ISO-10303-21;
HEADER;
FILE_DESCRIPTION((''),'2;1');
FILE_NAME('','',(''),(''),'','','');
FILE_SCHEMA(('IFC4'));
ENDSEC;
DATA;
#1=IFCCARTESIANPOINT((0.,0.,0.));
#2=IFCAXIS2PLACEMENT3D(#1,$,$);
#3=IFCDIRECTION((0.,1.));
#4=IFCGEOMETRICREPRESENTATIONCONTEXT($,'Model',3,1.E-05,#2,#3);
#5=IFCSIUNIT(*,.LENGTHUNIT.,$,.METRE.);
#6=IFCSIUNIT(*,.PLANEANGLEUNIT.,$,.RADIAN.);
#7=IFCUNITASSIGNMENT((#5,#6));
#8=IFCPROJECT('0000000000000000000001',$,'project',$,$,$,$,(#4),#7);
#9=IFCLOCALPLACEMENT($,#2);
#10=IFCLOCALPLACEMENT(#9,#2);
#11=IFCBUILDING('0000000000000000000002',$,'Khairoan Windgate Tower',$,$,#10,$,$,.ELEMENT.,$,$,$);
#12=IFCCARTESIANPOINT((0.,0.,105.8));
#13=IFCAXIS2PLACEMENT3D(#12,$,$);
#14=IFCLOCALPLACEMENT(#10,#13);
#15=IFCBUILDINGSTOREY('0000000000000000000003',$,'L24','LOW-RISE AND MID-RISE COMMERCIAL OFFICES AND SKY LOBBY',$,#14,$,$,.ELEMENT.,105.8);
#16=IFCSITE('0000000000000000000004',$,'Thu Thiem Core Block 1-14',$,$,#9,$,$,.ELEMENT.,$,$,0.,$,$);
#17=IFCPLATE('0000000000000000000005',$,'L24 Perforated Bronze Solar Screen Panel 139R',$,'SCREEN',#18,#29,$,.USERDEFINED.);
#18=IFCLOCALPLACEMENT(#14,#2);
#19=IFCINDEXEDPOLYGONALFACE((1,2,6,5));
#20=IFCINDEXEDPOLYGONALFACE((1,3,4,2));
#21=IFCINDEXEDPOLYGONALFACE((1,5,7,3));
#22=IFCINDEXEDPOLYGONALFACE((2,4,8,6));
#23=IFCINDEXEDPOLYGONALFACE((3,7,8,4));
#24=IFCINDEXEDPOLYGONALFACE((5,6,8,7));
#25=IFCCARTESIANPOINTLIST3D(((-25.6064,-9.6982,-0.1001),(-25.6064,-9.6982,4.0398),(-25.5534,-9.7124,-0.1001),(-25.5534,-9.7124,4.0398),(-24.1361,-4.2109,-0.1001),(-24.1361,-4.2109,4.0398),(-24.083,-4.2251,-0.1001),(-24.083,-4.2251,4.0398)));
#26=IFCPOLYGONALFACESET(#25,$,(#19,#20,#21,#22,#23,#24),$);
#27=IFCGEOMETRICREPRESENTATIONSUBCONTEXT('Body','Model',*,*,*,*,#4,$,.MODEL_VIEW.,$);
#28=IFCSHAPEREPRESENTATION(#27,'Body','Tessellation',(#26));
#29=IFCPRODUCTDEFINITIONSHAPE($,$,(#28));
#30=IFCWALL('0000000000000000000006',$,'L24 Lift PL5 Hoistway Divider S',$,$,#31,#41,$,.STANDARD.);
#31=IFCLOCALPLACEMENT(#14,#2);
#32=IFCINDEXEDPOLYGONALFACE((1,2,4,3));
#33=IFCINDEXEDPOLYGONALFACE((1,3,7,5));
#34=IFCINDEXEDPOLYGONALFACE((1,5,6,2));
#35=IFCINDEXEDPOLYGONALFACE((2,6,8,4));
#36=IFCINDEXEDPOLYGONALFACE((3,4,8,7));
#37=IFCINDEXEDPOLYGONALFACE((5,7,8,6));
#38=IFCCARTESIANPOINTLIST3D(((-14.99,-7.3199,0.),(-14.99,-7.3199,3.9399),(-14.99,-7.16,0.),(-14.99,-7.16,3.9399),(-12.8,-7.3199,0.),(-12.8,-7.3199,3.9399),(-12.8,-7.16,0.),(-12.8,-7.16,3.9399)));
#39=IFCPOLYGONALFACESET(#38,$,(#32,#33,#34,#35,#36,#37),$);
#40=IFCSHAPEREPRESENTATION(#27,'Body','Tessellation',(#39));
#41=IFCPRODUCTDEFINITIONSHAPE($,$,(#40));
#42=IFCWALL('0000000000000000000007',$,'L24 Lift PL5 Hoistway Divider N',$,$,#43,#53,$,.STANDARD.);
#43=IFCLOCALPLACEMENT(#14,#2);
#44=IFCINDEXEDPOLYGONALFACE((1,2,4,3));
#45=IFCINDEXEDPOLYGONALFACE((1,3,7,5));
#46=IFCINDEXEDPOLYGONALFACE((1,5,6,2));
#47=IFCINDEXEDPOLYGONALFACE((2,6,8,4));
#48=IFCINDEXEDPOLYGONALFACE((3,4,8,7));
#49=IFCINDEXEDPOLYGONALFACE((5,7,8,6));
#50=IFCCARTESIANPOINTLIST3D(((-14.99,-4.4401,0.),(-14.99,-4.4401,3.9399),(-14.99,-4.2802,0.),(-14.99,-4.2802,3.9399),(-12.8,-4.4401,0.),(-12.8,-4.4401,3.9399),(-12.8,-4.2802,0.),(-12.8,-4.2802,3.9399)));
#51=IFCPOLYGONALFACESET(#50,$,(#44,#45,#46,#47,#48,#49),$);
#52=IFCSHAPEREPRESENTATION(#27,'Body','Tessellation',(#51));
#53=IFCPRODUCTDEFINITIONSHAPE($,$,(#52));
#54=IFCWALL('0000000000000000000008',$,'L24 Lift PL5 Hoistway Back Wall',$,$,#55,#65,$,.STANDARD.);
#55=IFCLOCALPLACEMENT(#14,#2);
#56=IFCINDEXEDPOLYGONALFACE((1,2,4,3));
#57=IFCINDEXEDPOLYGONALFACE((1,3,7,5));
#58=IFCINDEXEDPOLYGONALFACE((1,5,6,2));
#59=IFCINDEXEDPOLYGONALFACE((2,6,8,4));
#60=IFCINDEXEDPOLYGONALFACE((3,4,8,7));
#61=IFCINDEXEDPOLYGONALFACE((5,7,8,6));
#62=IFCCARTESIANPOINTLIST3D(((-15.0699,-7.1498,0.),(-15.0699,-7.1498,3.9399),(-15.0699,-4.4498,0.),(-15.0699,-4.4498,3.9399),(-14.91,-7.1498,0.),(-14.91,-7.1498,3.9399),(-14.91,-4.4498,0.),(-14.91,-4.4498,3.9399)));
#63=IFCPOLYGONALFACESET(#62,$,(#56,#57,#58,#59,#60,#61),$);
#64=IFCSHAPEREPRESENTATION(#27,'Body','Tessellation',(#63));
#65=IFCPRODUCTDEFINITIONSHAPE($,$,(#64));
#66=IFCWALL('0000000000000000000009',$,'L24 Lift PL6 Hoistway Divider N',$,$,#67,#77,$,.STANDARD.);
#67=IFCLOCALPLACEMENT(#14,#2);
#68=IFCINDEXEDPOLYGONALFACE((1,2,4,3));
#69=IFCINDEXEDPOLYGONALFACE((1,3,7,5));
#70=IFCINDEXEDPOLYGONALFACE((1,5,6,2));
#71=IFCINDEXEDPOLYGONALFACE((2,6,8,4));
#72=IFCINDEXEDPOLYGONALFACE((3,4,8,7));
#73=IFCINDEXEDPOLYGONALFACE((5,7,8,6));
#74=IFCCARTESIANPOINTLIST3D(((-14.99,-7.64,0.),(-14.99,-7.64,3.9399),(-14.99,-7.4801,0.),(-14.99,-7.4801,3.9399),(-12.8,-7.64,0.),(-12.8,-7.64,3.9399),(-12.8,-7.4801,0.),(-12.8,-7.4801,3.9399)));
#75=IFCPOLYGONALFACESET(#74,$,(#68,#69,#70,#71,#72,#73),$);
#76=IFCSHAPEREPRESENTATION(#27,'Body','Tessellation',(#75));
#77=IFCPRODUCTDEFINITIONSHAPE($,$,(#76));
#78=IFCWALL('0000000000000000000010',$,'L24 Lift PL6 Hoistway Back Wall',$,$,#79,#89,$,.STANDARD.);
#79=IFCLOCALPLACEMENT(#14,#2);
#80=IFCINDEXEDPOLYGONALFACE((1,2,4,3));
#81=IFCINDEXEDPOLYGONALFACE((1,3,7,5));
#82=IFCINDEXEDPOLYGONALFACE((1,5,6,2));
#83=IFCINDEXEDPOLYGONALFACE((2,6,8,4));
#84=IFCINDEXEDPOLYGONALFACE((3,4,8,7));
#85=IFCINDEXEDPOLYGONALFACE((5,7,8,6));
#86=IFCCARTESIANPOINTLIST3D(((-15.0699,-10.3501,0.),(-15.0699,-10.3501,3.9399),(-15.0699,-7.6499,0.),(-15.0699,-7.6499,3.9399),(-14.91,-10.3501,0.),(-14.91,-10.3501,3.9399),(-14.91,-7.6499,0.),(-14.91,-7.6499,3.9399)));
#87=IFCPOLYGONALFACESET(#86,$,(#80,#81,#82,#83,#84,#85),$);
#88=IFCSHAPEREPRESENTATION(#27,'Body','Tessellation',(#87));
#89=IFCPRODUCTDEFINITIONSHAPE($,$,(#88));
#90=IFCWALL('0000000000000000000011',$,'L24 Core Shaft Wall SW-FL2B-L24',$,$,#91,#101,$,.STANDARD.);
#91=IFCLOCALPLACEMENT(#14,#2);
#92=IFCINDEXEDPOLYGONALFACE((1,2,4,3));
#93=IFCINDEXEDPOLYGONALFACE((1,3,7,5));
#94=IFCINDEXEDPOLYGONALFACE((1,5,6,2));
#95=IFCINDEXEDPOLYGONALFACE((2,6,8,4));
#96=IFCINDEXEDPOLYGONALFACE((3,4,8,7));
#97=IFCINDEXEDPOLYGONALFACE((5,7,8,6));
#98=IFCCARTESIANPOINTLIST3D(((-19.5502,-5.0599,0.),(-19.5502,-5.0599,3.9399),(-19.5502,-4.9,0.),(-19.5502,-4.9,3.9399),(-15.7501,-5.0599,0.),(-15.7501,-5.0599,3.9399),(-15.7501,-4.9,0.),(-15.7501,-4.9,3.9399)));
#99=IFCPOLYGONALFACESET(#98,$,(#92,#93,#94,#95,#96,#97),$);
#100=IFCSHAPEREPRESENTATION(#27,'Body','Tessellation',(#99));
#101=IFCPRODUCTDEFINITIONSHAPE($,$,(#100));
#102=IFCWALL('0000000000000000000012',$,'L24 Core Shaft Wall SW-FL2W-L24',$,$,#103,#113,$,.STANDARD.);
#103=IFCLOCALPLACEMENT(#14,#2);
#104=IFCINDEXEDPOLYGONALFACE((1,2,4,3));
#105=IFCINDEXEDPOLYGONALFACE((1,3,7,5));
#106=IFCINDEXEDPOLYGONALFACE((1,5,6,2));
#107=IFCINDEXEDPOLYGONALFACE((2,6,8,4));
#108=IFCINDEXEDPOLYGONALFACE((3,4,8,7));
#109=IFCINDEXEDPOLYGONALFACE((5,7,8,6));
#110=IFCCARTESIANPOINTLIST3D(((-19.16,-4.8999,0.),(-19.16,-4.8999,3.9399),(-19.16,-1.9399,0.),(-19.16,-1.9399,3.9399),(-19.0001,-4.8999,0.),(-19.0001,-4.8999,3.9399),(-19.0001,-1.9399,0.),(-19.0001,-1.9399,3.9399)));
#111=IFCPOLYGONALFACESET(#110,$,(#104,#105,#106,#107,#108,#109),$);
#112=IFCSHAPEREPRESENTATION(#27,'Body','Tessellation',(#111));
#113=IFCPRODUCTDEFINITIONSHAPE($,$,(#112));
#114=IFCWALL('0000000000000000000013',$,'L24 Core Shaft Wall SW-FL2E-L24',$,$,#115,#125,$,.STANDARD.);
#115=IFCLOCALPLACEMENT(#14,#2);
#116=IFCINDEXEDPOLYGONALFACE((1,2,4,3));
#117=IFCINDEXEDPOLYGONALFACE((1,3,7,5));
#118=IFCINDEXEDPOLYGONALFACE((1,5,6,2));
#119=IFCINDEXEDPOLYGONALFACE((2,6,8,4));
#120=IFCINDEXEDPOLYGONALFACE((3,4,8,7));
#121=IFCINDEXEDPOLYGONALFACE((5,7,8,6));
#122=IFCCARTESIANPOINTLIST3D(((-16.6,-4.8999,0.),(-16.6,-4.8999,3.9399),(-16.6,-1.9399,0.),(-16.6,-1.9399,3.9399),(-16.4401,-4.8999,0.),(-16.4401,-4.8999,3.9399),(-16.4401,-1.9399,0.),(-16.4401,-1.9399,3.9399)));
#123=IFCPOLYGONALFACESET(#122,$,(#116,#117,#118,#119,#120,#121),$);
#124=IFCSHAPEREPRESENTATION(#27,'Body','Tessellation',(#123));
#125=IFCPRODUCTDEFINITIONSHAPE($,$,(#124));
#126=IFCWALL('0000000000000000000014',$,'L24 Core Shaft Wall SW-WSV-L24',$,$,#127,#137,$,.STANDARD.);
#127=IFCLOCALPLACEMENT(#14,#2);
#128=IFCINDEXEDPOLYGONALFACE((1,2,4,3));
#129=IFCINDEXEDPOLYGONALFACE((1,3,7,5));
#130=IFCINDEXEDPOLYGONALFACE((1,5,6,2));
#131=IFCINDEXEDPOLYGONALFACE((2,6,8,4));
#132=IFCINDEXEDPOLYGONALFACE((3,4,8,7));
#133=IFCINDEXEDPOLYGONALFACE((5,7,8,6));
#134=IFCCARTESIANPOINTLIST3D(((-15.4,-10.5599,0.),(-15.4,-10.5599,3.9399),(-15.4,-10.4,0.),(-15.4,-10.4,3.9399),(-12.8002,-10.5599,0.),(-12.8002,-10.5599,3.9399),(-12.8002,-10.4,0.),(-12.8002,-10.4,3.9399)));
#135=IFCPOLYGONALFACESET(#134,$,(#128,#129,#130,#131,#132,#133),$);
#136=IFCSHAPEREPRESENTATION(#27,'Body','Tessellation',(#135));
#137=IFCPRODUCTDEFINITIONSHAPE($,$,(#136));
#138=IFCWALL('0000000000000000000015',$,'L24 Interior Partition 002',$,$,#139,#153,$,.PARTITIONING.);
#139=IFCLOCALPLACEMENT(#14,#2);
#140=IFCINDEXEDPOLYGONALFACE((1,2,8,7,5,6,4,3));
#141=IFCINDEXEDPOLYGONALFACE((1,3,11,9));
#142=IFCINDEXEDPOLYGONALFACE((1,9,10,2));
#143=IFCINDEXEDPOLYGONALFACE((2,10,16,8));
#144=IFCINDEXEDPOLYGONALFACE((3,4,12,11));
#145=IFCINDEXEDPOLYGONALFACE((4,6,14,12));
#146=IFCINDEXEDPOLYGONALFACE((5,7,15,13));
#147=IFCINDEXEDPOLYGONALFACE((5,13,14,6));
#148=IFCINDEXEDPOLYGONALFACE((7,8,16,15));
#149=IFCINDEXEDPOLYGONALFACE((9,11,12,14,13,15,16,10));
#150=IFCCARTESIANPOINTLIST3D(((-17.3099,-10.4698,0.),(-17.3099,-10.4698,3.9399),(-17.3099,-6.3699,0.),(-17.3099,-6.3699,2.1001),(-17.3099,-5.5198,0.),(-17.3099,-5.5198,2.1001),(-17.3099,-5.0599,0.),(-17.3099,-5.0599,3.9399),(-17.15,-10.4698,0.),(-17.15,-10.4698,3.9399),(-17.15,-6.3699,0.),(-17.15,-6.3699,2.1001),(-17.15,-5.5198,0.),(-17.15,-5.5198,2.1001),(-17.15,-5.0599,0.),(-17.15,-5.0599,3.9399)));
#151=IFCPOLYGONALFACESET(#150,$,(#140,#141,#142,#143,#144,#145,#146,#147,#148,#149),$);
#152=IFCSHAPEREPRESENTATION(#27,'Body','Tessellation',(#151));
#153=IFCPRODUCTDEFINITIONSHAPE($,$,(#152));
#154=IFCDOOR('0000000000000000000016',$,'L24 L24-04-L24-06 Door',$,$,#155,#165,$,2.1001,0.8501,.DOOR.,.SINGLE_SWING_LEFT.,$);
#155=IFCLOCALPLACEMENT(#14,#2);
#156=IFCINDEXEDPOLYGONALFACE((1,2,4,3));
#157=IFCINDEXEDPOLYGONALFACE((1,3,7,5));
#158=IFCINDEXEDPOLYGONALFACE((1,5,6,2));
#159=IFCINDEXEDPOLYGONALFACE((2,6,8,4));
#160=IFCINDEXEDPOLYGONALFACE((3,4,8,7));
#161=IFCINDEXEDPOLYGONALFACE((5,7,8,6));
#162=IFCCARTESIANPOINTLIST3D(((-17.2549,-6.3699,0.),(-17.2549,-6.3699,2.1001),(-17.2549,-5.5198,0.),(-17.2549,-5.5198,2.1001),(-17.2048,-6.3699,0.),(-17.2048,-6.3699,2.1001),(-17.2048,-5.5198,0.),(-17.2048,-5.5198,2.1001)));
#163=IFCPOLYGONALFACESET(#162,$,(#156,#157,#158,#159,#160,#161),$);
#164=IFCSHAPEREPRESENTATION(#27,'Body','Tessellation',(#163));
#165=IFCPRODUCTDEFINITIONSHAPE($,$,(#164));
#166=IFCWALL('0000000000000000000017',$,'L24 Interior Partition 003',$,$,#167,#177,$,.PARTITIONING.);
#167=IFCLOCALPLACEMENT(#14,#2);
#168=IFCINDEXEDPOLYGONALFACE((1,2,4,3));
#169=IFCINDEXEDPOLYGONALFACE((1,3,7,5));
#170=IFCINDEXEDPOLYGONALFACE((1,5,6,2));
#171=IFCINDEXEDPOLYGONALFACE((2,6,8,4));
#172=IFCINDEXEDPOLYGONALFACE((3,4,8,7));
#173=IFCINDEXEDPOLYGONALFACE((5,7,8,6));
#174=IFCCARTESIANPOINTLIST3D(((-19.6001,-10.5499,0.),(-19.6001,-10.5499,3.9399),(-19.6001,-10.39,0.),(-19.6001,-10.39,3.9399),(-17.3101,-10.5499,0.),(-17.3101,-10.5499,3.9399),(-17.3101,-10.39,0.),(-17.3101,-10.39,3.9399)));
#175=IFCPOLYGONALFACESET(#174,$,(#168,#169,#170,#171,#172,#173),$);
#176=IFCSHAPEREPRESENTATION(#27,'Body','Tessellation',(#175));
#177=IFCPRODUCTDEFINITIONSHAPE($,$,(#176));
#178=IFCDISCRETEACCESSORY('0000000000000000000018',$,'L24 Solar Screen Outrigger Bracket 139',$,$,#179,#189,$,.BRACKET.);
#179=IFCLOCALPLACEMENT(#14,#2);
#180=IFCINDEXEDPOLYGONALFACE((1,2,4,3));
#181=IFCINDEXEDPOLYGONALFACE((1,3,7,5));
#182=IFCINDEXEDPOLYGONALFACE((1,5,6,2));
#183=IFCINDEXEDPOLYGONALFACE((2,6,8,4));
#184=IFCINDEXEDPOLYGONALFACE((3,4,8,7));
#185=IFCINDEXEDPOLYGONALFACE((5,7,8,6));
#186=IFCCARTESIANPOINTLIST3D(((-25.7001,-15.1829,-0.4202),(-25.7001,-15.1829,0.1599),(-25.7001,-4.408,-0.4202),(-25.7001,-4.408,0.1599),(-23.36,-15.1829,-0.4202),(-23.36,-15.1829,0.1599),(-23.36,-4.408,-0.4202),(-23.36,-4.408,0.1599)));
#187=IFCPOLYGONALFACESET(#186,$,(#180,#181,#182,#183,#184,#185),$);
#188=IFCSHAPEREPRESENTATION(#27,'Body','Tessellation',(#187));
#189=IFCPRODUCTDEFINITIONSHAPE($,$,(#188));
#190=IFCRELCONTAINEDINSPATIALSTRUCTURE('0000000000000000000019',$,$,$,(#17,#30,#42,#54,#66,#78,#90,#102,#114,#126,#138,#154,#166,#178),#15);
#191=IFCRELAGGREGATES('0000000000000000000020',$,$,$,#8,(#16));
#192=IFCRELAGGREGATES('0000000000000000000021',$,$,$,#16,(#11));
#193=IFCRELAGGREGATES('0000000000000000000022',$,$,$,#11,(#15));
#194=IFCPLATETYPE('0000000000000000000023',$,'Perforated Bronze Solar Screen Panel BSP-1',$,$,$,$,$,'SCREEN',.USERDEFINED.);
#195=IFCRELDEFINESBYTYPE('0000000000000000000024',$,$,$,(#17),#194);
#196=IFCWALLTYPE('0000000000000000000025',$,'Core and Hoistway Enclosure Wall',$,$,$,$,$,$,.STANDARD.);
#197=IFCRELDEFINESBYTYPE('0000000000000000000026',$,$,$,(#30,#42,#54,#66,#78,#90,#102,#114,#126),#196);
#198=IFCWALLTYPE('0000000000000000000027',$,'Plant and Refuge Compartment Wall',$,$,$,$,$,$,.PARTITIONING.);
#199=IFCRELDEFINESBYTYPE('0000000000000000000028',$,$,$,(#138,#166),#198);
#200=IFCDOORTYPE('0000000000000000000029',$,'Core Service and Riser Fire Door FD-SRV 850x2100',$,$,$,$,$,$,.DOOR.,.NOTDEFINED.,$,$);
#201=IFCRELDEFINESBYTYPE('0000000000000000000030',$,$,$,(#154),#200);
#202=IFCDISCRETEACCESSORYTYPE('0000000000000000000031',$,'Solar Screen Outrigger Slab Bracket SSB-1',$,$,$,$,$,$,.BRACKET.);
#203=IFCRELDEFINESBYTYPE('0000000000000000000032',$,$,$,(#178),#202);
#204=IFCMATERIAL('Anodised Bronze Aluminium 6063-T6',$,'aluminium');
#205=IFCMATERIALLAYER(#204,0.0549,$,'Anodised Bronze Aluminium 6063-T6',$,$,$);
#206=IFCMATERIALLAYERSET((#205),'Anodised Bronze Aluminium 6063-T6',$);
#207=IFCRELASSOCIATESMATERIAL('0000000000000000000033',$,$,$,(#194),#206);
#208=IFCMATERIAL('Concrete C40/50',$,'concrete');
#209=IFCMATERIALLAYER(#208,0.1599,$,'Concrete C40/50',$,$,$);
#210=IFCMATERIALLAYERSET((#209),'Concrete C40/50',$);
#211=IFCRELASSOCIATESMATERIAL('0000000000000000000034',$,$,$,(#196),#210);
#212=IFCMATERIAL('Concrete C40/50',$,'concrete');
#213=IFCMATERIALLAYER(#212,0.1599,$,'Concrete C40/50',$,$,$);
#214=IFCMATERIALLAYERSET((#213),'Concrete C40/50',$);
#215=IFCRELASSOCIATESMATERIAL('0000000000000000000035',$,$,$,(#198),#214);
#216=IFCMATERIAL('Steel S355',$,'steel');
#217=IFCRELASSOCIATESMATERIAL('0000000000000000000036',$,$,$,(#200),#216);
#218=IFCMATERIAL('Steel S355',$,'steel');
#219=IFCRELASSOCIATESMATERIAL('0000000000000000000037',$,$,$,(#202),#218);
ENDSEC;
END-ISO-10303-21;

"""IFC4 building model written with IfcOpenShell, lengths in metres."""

from ifc_helpers import new_model, si_unit, direction, frame, frame_2d, origin, origin_2d, place, context, subcontext, project, spatial, rectangle, extrude, material, layer, layer_set, type_object, element, fill, save


model = new_model("IFC4")

# Units and contexts
model_context = context("Model", 3, precision=1e-05, world=origin(), true_north=direction((0.0, 1.0)))
body_context = subcontext(model_context, "Body", "Model", "MODEL_VIEW")
ifc_project = project(units=[si_unit("LENGTHUNIT", "METRE"), si_unit("PLANEANGLEUNIT", "RADIAN")], contexts=[model_context])

# Site, building, storey
site_placement = place(None, origin())
site = spatial("IfcSite", under=ifc_project, at=site_placement, Name="Thu Thiem Core Block 1-14", CompositionType="ELEMENT", RefElevation=0.0)
building_placement = place(site_placement, origin())
building = spatial("IfcBuilding", under=site, at=building_placement, Name="Khairoan Windgate Tower", CompositionType="ELEMENT")
storey_placement = place(building_placement, frame((0.0, 0.0, 105.8)))
storey = spatial("IfcBuildingStorey", under=building, at=storey_placement, Name="L24", Description="LOW-RISE AND MID-RISE COMMERCIAL OFFICES AND SKY LOBBY", CompositionType="ELEMENT", Elevation=105.8)

# Plate
ifc_material_1 = material(Name="Anodised Bronze Aluminium 6063-T6", Category="aluminium")
ifc_layer_1 = layer(ifc_material_1, 0.0549, Name="Anodised Bronze Aluminium 6063-T6")
ifc_layer_set_1 = layer_set([ifc_layer_1], Name="Anodised Bronze Aluminium 6063-T6")
plate_type_1 = type_object("IfcPlateType", Name="Perforated Bronze Solar Screen Panel BSP-1", ElementType="SCREEN", PredefinedType="USERDEFINED", material=ifc_layer_set_1)
plate_1_placement = place(storey_placement, frame((-24.8447, -6.9617, -0.1001), z_axis=(0.0, 0.0, 1.0), x_axis=(0.258819, 0.965926, 0.0)))
element("IfcPlate", 1, at=plate_1_placement, inside=storey, type_object=plate_type_1, Name="L24 Perforated Bronze Solar Screen Panel 139R", ObjectType="SCREEN", PredefinedType="USERDEFINED", context=body_context, shape_type="SweptSolid", body=[
    extrude(rectangle(XDim=5.6809, YDim=0.0549, at=origin_2d()), origin(), (0.0, 0.0, 1.0), 4.1399),
])

# Walls
ifc_material_2 = material(Name="Concrete C40/50", Category="concrete")
ifc_layer_2 = layer(ifc_material_2, 0.1599, Name="Concrete C40/50")
ifc_layer_set_2 = layer_set([ifc_layer_2], Name="Concrete C40/50")
wall_type_1 = type_object("IfcWallType", Name="Core and Hoistway Enclosure Wall", PredefinedType="STANDARD", material=ifc_layer_set_2)
for number, where, z_axis, x_axis, name in (
    (2, (-14.99, -7.24, 0.0), (0.0, 0.0, 1.0), (1.0, 0.0, 0.0), "L24 Lift PL5 Hoistway Divider S"),
    (3, (-14.99, -4.3601, 0.0), (0.0, 0.0, 1.0), (1.0, 0.0, 0.0), "L24 Lift PL5 Hoistway Divider N"),
):
    element("IfcWall", number, at=place(storey_placement, frame(where, z_axis=z_axis, x_axis=x_axis)), inside=storey, type_object=wall_type_1, Name=name, PredefinedType="STANDARD", context=body_context, shape_type="SweptSolid", body=[
        extrude(rectangle(XDim=2.1899, YDim=0.1599, at=frame_2d((1.095, 0.0))), origin(), (0.0, 0.0, 1.0), 3.9399),
    ])
wall_1_placement = place(storey_placement, frame((-14.99, -7.1499, 0.0), z_axis=(0.0, 0.0, 1.0), x_axis=(0.0, 1.0, 0.0)))
element("IfcWall", 4, at=wall_1_placement, inside=storey, type_object=wall_type_1, Name="L24 Lift PL5 Hoistway Back Wall", PredefinedType="STANDARD", context=body_context, shape_type="SweptSolid", body=[
    extrude(rectangle(XDim=2.7, YDim=0.1599, at=frame_2d((1.3501, 0.0))), origin(), (0.0, 0.0, 1.0), 3.9399),
])
wall_2_placement = place(storey_placement, frame((-14.99, -7.5601, 0.0), z_axis=(0.0, 0.0, 1.0), x_axis=(1.0, 0.0, 0.0)))
element("IfcWall", 5, at=wall_2_placement, inside=storey, type_object=wall_type_1, Name="L24 Lift PL6 Hoistway Divider N", PredefinedType="STANDARD", context=body_context, shape_type="SweptSolid", body=[
    extrude(rectangle(XDim=2.1899, YDim=0.1599, at=frame_2d((1.095, 0.0))), origin(), (0.0, 0.0, 1.0), 3.9399),
])
wall_3_placement = place(storey_placement, frame((-14.99, -10.3501, 0.0), z_axis=(0.0, 0.0, 1.0), x_axis=(0.0, 1.0, 0.0)))
element("IfcWall", 6, at=wall_3_placement, inside=storey, type_object=wall_type_1, Name="L24 Lift PL6 Hoistway Back Wall", PredefinedType="STANDARD", context=body_context, shape_type="SweptSolid", body=[
    extrude(rectangle(XDim=2.7002, YDim=0.1599, at=frame_2d((1.3501, 0.0))), origin(), (0.0, 0.0, 1.0), 3.9399),
])
wall_4_placement = place(storey_placement, frame((-19.55, -4.98, 0.0), z_axis=(0.0, 0.0, 1.0), x_axis=(1.0, 0.0, 0.0)))
element("IfcWall", 7, at=wall_4_placement, inside=storey, type_object=wall_type_1, Name="L24 Core Shaft Wall SW-FL2B-L24", PredefinedType="STANDARD", context=body_context, shape_type="SweptSolid", body=[
    extrude(rectangle(XDim=3.8, YDim=0.1599, at=frame_2d((1.8999, 0.0))), origin(), (0.0, 0.0, 1.0), 3.9399),
])
for number, where, z_axis, x_axis, name in (
    (8, (-19.0801, -4.8999, 0.0), (0.0, 0.0, 1.0), (0.0, 1.0, 0.0), "L24 Core Shaft Wall SW-FL2W-L24"),
    (9, (-16.52, -4.8999, 0.0), (0.0, 0.0, 1.0), (0.0, 1.0, 0.0), "L24 Core Shaft Wall SW-FL2E-L24"),
):
    element("IfcWall", number, at=place(storey_placement, frame(where, z_axis=z_axis, x_axis=x_axis)), inside=storey, type_object=wall_type_1, Name=name, PredefinedType="STANDARD", context=body_context, shape_type="SweptSolid", body=[
        extrude(rectangle(XDim=2.96, YDim=0.1599, at=frame_2d((1.48, 0.0))), origin(), (0.0, 0.0, 1.0), 3.9399),
    ])
wall_5_placement = place(storey_placement, frame((-15.3999, -10.48, 0.0), z_axis=(0.0, 0.0, 1.0), x_axis=(1.0, 0.0, 0.0)))
element("IfcWall", 10, at=wall_5_placement, inside=storey, type_object=wall_type_1, Name="L24 Core Shaft Wall SW-WSV-L24", PredefinedType="STANDARD", context=body_context, shape_type="SweptSolid", body=[
    extrude(rectangle(XDim=2.5999, YDim=0.1599, at=frame_2d((1.2998, 0.0))), origin(), (0.0, 0.0, 1.0), 3.9399),
])

# Wall, opening, door
ifc_material_3 = material(Name="Concrete C40/50", Category="concrete")
ifc_layer_3 = layer(ifc_material_3, 0.1599, Name="Concrete C40/50")
ifc_layer_set_3 = layer_set([ifc_layer_3], Name="Concrete C40/50")
wall_type_2 = type_object("IfcWallType", Name="Plant and Refuge Compartment Wall", PredefinedType="PARTITIONING", material=ifc_layer_set_3)
wall_6_placement = place(storey_placement, frame((-17.23, -10.47, 0.0), z_axis=(0.0, 0.0, 1.0), x_axis=(0.0, 1.0, 0.0)))
wall_6 = element("IfcWall", 11, at=wall_6_placement, inside=storey, type_object=wall_type_2, Name="L24 Interior Partition 002", PredefinedType="PARTITIONING", context=body_context, shape_type="SweptSolid", body=[
    extrude(rectangle(XDim=5.4099, YDim=0.1599, at=frame_2d((2.7051, 0.0))), origin(), (0.0, 0.0, 1.0), 3.9399),
])
opening_placement = place(wall_6_placement, frame((4.1001, 0.0, 0.0)))
opening = element("IfcOpeningElement", 12, at=opening_placement, cuts=wall_6, PredefinedType="OPENING", context=body_context, shape_type="SweptSolid", body=[
    extrude(rectangle(XDim=0.8501, YDim=2.1001, at=frame_2d((0.425, 1.05))), frame((0.0, 0.0898, 0.0), z_axis=(0.0, -1.0, 0.0), x_axis=(1.0, 0.0, 0.0)), (0.0, 0.0, 1.0), 0.1799),
])
ifc_material_4 = material(Name="Steel S355", Category="steel")
door_type = type_object("IfcDoorType", Name="Core Service and Riser Fire Door FD-SRV 850x2100", OperationType="NOTDEFINED", PredefinedType="DOOR", material=ifc_material_4)
door_placement = place(opening_placement, origin())
door = element("IfcDoor", 13, at=door_placement, inside=storey, type_object=door_type, Name="L24 L24-04-L24-06 Door", OperationType="SINGLE_SWING_LEFT", OverallHeight=2.1001, OverallWidth=0.8501, PredefinedType="DOOR", context=body_context, shape_type="SweptSolid", body=[
    extrude(rectangle(XDim=0.8501, YDim=2.1001, at=frame_2d((0.425, 1.05))), frame((0.0, 0.0249, 0.0), z_axis=(0.0, -1.0, 0.0), x_axis=(1.0, 0.0, 0.0)), (0.0, 0.0, 1.0), 0.05),
])
fill(opening, door)

# Wall
wall_7_placement = place(storey_placement, frame((-19.6001, -10.47, 0.0), z_axis=(0.0, 0.0, 1.0), x_axis=(1.0, 0.0, 0.0)))
element("IfcWall", 14, at=wall_7_placement, inside=storey, type_object=wall_type_2, Name="L24 Interior Partition 003", PredefinedType="PARTITIONING", context=body_context, shape_type="SweptSolid", body=[
    extrude(rectangle(XDim=2.29, YDim=0.1599, at=frame_2d((1.145, 0.0))), origin(), (0.0, 0.0, 1.0), 3.9399),
])

# Discrete accessory
ifc_material_5 = material(Name="Steel S355", Category="steel")
discrete_accessory_type = type_object("IfcDiscreteAccessoryType", Name="Solar Screen Outrigger Slab Bracket SSB-1", PredefinedType="BRACKET", material=ifc_material_5)
discrete_accessory_placement = place(storey_placement, frame((-24.53, -9.7954, -0.4202), z_axis=(0.0, 0.0, 1.0), x_axis=(0.0, 1.0, 0.0)))
element("IfcDiscreteAccessory", 15, at=discrete_accessory_placement, inside=storey, type_object=discrete_accessory_type, Name="L24 Solar Screen Outrigger Bracket 139", PredefinedType="BRACKET", context=body_context, shape_type="SweptSolid", body=[
    extrude(rectangle(XDim=10.7749, YDim=2.3401, at=origin_2d()), origin(), (0.0, 0.0, 1.0), 0.5801),
])

save(model, "model.ifc")
